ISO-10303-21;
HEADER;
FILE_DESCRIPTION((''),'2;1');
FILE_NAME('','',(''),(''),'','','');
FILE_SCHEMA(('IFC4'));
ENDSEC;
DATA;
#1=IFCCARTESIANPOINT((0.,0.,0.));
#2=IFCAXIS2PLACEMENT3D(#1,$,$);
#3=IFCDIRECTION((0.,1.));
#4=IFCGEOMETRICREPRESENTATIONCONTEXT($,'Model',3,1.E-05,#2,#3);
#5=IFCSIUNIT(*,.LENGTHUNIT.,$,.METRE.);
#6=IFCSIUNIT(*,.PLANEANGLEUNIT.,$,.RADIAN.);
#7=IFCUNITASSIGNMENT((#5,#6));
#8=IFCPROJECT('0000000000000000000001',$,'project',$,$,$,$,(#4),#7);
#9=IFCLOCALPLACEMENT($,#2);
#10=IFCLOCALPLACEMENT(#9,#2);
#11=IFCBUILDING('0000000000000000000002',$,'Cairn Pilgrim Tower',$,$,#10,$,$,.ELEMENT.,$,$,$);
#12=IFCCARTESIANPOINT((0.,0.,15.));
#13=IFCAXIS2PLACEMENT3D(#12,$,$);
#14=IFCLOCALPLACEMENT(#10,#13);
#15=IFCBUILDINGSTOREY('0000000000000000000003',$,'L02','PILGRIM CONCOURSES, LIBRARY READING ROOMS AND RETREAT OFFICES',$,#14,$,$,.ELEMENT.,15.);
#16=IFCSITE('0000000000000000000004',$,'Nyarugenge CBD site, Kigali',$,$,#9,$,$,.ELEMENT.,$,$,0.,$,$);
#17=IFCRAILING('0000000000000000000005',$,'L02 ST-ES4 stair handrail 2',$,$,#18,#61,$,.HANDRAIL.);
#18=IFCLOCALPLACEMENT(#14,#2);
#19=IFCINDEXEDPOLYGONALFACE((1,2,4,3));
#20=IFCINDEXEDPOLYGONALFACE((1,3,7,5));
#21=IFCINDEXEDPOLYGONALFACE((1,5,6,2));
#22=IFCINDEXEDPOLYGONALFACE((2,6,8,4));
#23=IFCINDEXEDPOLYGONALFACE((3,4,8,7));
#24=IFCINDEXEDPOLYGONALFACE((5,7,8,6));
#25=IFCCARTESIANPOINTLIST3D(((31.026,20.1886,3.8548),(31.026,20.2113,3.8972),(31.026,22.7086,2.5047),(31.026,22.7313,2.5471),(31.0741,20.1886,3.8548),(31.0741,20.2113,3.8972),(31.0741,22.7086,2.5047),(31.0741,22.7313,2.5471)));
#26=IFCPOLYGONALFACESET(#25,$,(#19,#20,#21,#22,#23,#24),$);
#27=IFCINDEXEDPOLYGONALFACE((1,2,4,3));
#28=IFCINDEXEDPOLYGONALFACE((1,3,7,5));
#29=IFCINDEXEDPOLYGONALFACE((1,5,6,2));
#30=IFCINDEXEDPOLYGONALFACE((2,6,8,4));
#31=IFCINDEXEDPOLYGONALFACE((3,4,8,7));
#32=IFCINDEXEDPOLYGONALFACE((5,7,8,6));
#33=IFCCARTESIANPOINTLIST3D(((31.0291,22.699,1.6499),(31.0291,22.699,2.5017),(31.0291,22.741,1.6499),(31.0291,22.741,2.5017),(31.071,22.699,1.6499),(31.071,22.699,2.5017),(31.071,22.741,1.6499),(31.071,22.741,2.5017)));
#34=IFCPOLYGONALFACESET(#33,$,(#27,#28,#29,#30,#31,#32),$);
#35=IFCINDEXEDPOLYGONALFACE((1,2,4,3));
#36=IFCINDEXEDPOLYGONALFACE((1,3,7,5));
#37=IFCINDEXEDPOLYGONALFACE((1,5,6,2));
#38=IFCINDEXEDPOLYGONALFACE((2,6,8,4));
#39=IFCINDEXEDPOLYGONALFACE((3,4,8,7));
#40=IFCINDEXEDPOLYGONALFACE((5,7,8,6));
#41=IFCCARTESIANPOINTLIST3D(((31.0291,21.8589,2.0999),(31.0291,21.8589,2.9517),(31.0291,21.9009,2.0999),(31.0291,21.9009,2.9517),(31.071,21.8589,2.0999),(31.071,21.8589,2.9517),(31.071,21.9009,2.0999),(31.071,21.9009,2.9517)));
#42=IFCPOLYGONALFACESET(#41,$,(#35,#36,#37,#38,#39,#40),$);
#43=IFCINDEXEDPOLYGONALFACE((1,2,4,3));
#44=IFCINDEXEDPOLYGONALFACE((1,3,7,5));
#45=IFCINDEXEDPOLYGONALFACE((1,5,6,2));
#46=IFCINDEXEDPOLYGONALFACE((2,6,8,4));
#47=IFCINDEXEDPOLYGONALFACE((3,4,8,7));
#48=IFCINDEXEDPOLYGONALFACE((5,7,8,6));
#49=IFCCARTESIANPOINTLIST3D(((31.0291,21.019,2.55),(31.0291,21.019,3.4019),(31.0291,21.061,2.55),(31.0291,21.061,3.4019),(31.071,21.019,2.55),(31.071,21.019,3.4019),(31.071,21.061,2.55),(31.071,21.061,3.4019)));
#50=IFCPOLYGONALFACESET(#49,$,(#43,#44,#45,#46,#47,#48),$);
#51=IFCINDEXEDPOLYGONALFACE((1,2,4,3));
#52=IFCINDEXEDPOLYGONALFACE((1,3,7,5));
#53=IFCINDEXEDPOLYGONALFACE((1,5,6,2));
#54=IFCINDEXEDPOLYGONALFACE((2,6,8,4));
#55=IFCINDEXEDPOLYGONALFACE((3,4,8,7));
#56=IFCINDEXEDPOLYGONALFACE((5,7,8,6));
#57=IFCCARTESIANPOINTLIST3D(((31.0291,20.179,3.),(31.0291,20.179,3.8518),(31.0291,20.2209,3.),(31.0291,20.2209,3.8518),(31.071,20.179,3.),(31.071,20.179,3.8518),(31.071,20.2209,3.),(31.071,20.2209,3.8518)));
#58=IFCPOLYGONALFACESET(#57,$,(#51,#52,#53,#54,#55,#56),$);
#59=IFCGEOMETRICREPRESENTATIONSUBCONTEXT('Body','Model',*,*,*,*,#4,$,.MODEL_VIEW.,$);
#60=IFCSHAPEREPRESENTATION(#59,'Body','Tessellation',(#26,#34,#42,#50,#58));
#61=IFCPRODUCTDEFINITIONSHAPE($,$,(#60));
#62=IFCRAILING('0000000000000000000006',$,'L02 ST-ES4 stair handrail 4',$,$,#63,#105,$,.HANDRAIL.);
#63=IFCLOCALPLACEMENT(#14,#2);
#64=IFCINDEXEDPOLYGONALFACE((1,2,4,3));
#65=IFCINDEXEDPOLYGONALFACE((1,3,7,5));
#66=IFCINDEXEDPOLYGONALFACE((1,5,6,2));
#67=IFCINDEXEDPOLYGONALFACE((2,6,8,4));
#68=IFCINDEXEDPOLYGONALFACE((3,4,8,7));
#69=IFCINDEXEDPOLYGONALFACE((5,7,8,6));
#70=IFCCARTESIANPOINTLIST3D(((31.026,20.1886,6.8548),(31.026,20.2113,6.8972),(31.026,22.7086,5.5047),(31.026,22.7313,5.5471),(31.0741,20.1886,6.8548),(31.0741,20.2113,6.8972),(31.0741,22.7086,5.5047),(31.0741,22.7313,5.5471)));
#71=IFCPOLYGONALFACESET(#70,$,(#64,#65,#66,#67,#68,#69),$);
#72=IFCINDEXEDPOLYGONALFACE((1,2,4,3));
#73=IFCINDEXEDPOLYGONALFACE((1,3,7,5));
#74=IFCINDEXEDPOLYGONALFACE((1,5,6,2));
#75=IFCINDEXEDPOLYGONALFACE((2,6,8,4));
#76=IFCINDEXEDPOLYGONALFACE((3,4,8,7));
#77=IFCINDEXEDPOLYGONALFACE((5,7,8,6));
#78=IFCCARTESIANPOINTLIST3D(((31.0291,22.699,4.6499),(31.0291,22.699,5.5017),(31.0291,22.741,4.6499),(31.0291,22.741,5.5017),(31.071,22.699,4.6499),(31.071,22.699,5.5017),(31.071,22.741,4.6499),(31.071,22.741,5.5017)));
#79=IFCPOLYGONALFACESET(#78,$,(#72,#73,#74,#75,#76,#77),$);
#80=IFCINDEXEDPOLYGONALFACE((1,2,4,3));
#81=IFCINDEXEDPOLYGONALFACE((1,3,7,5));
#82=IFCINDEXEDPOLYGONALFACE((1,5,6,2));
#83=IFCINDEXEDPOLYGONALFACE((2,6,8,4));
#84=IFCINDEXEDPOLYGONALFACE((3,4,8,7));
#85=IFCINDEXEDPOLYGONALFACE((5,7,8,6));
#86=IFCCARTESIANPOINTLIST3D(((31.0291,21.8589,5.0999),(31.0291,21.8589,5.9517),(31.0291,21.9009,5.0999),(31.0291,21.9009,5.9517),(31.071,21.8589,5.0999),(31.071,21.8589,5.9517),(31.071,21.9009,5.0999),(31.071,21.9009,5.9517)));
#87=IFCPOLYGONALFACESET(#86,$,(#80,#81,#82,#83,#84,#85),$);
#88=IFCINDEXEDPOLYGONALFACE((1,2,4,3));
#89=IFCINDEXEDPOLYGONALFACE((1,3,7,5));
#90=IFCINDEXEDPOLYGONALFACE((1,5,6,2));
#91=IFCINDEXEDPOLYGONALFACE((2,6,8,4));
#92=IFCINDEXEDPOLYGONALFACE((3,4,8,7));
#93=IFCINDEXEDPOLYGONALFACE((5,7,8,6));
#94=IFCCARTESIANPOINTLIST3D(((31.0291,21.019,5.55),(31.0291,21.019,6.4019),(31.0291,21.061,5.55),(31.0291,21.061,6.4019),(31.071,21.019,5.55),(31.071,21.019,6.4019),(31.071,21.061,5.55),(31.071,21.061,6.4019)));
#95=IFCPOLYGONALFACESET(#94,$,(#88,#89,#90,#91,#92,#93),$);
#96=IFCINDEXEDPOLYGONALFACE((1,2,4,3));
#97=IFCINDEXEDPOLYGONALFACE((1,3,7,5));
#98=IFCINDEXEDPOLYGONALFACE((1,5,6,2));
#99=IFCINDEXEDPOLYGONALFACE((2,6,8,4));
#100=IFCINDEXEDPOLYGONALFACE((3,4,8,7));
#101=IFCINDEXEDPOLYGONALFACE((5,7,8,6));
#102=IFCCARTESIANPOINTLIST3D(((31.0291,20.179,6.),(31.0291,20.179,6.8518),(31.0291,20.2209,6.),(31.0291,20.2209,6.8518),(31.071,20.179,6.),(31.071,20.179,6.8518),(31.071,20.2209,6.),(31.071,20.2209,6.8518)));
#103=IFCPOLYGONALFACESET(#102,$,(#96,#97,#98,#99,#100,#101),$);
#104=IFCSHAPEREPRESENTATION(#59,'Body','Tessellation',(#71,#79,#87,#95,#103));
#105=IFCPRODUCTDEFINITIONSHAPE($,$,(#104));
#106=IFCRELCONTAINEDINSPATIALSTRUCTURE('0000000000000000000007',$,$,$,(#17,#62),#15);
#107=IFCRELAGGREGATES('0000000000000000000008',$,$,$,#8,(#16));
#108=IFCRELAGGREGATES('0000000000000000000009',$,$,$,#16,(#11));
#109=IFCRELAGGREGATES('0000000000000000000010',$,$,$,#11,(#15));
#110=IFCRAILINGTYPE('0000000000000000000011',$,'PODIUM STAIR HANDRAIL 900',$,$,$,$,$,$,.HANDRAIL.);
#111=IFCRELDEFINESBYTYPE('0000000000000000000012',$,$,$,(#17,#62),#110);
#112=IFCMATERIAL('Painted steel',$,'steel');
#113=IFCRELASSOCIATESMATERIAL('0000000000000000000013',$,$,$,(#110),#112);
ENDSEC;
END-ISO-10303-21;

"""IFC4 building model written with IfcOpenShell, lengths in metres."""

from ifc_helpers import new_model, si_unit, direction, frame, origin, origin_2d, place, context, subcontext, project, spatial, rectangle, extrude, material, type_object, element, save


model = new_model("IFC4")

# Units and contexts
model_context = context("Model", 3, precision=1e-05, world=origin(), true_north=direction((0.0, 1.0)))
body_context = subcontext(model_context, "Body", "Model", "MODEL_VIEW")
ifc_project = project(units=[si_unit("LENGTHUNIT", "METRE"), si_unit("PLANEANGLEUNIT", "RADIAN")], contexts=[model_context])

# Site, building, storey
site_placement = place(None, origin())
site = spatial("IfcSite", under=ifc_project, at=site_placement, Name="Nyarugenge CBD site, Kigali", CompositionType="ELEMENT", RefElevation=0.0)
building_placement = place(site_placement, origin())
building = spatial("IfcBuilding", under=site, at=building_placement, Name="Cairn Pilgrim Tower", CompositionType="ELEMENT")
storey_placement = place(building_placement, frame((0.0, 0.0, 15.0)))
storey = spatial("IfcBuildingStorey", under=building, at=storey_placement, Name="L02", Description="PILGRIM CONCOURSES, LIBRARY READING ROOMS AND RETREAT OFFICES", CompositionType="ELEMENT", Elevation=15.0)

# Railings
ifc_material_1 = material(Name="Painted steel", Category="steel")
railing_type_1 = type_object("IfcRailingType", Name="PODIUM STAIR HANDRAIL 900", PredefinedType="HANDRAIL", material=ifc_material_1)
for number, where, name in (
    (1, (31.05, 22.72, 1.6499), "L02 ST-ES4 stair handrail 2"),
    (2, (31.05, 22.72, 4.6499), "L02 ST-ES4 stair handrail 4"),
):
    element("IfcRailing", number, at=place(storey_placement, frame(where)), inside=storey, type_object=railing_type_1, Name=name, PredefinedType="HANDRAIL", context=body_context, shape_type="SweptSolid", body=[
        extrude(rectangle(XDim=0.0481, YDim=0.0481, at=origin_2d()), frame((0.0, 0.0, 0.876), z_axis=(0.0, -0.881467, 0.472245), x_axis=(1.0, 0.0, 0.0)), (0.0, 0.0, 1.0), 2.8589),
        extrude(rectangle(XDim=0.042, YDim=0.042, at=origin_2d()), origin(), (0.0, 0.0, 1.0), 0.8518),
        extrude(rectangle(XDim=0.042, YDim=0.042, at=origin_2d()), frame((0.0, -0.8401, 0.45)), (0.0, 0.0, 1.0), 0.8518),
        extrude(rectangle(XDim=0.042, YDim=0.042, at=origin_2d()), frame((0.0, -1.6799, 0.9001)), (0.0, 0.0, 1.0), 0.8518),
        extrude(rectangle(XDim=0.042, YDim=0.042, at=origin_2d()), frame((0.0, -2.52, 1.3501)), (0.0, 0.0, 1.0), 0.8518),
    ])

save(model, "model.ifc")
